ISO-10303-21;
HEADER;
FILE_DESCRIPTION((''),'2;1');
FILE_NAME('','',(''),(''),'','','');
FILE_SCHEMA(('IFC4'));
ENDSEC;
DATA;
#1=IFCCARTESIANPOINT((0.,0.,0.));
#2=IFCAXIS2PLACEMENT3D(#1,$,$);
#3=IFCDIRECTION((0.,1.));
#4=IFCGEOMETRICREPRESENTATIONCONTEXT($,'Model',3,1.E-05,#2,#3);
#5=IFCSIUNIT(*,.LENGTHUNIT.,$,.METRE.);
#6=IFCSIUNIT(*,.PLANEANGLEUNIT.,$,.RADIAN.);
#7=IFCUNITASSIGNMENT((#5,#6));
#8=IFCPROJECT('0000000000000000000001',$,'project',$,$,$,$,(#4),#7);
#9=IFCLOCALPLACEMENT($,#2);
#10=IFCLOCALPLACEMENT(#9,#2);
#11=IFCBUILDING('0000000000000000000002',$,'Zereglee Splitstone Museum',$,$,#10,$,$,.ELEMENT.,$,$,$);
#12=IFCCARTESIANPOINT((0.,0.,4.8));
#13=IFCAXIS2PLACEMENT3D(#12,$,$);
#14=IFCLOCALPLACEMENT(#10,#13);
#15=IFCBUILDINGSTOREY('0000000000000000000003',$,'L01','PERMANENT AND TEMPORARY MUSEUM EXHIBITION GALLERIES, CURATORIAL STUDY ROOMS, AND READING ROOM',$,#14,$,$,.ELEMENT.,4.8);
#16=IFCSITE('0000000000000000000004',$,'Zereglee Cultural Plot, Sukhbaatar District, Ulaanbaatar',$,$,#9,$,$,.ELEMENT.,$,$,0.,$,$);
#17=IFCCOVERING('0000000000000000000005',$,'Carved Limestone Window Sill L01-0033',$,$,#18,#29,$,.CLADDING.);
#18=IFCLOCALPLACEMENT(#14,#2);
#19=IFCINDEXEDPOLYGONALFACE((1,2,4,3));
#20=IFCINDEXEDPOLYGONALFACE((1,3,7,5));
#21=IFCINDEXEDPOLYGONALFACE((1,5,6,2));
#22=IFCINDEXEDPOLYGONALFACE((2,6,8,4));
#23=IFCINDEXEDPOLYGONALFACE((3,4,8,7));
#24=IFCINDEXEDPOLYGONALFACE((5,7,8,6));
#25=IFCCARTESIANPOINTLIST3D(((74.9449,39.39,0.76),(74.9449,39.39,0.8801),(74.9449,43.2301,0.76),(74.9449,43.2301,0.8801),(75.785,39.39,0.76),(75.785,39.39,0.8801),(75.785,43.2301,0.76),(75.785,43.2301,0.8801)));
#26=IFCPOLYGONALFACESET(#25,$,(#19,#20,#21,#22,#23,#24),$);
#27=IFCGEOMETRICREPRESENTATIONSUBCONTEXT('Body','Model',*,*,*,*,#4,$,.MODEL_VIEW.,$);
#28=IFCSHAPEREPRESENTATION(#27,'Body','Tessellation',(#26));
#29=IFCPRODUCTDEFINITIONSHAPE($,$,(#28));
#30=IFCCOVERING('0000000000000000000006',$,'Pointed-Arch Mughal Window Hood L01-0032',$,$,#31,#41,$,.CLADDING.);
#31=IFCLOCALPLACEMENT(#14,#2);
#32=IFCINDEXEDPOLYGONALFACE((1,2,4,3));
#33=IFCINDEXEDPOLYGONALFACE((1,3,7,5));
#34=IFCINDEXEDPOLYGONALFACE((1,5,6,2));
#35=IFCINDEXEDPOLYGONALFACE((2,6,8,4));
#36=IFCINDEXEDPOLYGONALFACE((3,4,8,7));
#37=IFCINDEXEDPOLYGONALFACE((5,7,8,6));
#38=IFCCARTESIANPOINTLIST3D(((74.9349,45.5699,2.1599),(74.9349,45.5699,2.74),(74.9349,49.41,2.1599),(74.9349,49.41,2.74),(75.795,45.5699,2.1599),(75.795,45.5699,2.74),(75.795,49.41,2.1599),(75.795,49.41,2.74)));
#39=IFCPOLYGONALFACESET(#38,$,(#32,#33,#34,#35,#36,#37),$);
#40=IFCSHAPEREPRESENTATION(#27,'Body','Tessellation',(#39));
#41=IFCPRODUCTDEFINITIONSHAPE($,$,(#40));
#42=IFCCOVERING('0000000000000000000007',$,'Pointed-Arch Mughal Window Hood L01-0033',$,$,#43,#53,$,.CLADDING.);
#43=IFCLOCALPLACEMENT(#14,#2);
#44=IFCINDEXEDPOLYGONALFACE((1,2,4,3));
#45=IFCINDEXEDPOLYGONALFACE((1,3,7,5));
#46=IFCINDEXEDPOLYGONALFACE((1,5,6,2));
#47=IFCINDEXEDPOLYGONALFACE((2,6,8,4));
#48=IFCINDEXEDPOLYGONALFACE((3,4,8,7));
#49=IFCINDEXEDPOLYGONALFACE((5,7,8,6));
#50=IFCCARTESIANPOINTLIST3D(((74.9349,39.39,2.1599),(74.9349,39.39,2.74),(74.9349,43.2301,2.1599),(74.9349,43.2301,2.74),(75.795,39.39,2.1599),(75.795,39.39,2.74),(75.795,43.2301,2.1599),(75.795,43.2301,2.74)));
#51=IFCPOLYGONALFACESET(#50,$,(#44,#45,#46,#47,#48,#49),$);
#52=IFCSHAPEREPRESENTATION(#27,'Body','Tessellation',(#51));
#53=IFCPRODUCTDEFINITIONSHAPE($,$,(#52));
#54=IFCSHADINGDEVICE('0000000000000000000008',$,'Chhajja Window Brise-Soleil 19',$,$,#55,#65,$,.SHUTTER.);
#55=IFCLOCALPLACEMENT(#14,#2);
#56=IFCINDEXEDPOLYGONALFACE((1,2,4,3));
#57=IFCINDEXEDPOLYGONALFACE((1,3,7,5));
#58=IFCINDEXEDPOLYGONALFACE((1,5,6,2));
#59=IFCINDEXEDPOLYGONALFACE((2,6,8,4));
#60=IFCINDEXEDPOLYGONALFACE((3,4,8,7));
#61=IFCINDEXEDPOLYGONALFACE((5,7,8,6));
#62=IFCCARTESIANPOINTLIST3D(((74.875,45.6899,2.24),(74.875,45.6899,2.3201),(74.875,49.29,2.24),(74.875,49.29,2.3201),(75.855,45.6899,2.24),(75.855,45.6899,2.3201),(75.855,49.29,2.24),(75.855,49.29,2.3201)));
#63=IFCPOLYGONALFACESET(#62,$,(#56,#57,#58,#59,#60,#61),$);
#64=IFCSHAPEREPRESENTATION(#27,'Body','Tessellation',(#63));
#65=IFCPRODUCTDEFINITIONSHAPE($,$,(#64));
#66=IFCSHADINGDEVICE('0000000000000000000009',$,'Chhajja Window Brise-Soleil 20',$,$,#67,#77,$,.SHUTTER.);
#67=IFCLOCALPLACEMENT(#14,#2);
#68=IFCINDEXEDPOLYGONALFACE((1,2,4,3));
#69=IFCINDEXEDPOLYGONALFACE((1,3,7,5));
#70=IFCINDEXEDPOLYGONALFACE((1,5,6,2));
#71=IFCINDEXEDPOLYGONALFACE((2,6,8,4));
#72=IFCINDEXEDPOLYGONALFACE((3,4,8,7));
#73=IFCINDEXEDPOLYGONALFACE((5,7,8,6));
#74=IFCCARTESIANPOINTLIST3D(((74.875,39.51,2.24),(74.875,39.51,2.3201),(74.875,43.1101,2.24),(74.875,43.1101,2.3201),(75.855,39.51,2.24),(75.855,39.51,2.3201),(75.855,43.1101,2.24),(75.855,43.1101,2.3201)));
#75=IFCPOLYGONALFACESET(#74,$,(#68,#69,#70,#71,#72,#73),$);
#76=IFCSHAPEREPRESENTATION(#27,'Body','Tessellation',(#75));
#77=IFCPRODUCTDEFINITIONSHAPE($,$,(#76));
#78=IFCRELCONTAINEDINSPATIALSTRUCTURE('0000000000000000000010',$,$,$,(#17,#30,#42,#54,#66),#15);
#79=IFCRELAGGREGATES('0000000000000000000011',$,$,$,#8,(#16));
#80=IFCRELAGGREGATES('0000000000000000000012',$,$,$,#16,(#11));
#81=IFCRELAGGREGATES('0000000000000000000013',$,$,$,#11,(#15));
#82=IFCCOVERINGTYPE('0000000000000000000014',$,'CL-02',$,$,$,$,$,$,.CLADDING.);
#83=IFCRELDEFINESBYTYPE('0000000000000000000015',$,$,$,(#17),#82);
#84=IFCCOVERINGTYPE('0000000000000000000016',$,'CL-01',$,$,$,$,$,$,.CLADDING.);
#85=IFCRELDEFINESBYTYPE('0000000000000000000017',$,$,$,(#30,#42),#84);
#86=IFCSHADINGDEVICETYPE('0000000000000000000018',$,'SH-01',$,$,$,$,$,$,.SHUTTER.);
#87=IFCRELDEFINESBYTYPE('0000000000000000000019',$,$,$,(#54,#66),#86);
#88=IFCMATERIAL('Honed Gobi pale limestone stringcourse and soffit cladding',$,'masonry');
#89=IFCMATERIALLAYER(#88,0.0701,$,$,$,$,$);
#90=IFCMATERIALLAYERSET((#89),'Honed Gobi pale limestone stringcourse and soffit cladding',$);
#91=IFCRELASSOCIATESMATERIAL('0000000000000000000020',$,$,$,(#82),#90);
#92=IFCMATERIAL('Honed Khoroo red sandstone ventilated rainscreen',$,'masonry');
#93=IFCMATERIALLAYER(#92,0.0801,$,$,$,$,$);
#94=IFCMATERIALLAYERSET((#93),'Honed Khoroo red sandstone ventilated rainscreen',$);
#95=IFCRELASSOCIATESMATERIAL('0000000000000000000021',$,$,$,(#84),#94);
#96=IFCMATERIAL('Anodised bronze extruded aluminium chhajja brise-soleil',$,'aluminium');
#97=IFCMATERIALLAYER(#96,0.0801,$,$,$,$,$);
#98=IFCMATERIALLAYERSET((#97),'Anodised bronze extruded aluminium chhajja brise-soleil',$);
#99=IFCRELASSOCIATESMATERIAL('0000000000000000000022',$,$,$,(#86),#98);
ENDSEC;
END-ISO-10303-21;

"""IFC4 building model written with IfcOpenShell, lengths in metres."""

from ifc_helpers import new_model, si_unit, direction, frame, origin, origin_2d, place, context, subcontext, project, spatial, rectangle, extrude, material, layer, layer_set, type_object, element, save


model = new_model("IFC4")

# Units and contexts
model_context = context("Model", 3, precision=1e-05, world=origin(), true_north=direction((0.0, 1.0)))
body_context = subcontext(model_context, "Body", "Model", "MODEL_VIEW")
ifc_project = project(units=[si_unit("LENGTHUNIT", "METRE"), si_unit("PLANEANGLEUNIT", "RADIAN")], contexts=[model_context])

# Site, building, storey
site_placement = place(None, origin())
site = spatial("IfcSite", under=ifc_project, at=site_placement, Name="Zereglee Cultural Plot, Sukhbaatar District, Ulaanbaatar", CompositionType="ELEMENT", RefElevation=0.0)
building_placement = place(site_placement, origin())
building = spatial("IfcBuilding", under=site, at=building_placement, Name="Zereglee Splitstone Museum", CompositionType="ELEMENT")
storey_placement = place(building_placement, frame((0.0, 0.0, 4.8)))
storey = spatial("IfcBuildingStorey", under=building, at=storey_placement, Name="L01", Description="PERMANENT AND TEMPORARY MUSEUM EXHIBITION GALLERIES, CURATORIAL STUDY ROOMS, AND READING ROOM", CompositionType="ELEMENT", Elevation=4.8)

# Coverings
ifc_material_1 = material(Name="Honed Gobi pale limestone stringcourse and soffit cladding", Category="masonry")
ifc_layer_1 = layer(ifc_material_1, 0.0701)
ifc_layer_set_1 = layer_set([ifc_layer_1], Name="Honed Gobi pale limestone stringcourse and soffit cladding")
covering_type_1 = type_object("IfcCoveringType", Name="CL-02", PredefinedType="CLADDING", material=ifc_layer_set_1)
covering_1_placement = place(storey_placement, frame((75.365, 41.3101, 0.76), z_axis=(0.0, 0.0, 1.0), x_axis=(0.0, -1.0, 0.0)))
element("IfcCovering", 1, at=covering_1_placement, inside=storey, type_object=covering_type_1, Name="Carved Limestone Window Sill L01-0033", PredefinedType="CLADDING", context=body_context, shape_type="SweptSolid", body=[
    extrude(rectangle(XDim=3.8401, YDim=0.8401, at=origin_2d()), origin(), (0.0, 0.0, 1.0), 0.1201),
])
ifc_material_2 = material(Name="Honed Khoroo red sandstone ventilated rainscreen", Category="masonry")
ifc_layer_2 = layer(ifc_material_2, 0.0801)
ifc_layer_set_2 = layer_set([ifc_layer_2], Name="Honed Khoroo red sandstone ventilated rainscreen")
covering_type_2 = type_object("IfcCoveringType", Name="CL-01", PredefinedType="CLADDING", material=ifc_layer_set_2)
for number, where, z_axis, x_axis, name in (
    (2, (75.365, 47.49, 2.1599), (0.0, 0.0, 1.0), (0.0, -1.0, 0.0), "Pointed-Arch Mughal Window Hood L01-0032"),
    (3, (75.365, 41.3101, 2.1599), (0.0, 0.0, 1.0), (0.0, -1.0, 0.0), "Pointed-Arch Mughal Window Hood L01-0033"),
):
    element("IfcCovering", number, at=place(storey_placement, frame(where, z_axis=z_axis, x_axis=x_axis)), inside=storey, type_object=covering_type_2, Name=name, PredefinedType="CLADDING", context=body_context, shape_type="SweptSolid", body=[
        extrude(rectangle(XDim=3.8401, YDim=0.8601, at=origin_2d()), origin(), (0.0, 0.0, 1.0), 0.5801),
    ])

# Shading devices
ifc_material_3 = material(Name="Anodised bronze extruded aluminium chhajja brise-soleil", Category="aluminium")
ifc_layer_3 = layer(ifc_material_3, 0.0801)
ifc_layer_set_3 = layer_set([ifc_layer_3], Name="Anodised bronze extruded aluminium chhajja brise-soleil")
shading_device_type = type_object("IfcShadingDeviceType", Name="SH-01", PredefinedType="SHUTTER", material=ifc_layer_set_3)
for number, where, z_axis, x_axis, name in (
    (4, (75.365, 47.49, 2.24), (0.0, 0.0, 1.0), (0.0, -1.0, 0.0), "Chhajja Window Brise-Soleil 19"),
    (5, (75.365, 41.3101, 2.24), (0.0, 0.0, 1.0), (0.0, -1.0, 0.0), "Chhajja Window Brise-Soleil 20"),
):
    element("IfcShadingDevice", number, at=place(storey_placement, frame(where, z_axis=z_axis, x_axis=x_axis)), inside=storey, type_object=shading_device_type, Name=name, PredefinedType="SHUTTER", context=body_context, shape_type="SweptSolid", body=[
        extrude(rectangle(XDim=3.6001, YDim=0.98, at=origin_2d()), origin(), (0.0, 0.0, 1.0), 0.0801),
    ])

save(model, "model.ifc")
